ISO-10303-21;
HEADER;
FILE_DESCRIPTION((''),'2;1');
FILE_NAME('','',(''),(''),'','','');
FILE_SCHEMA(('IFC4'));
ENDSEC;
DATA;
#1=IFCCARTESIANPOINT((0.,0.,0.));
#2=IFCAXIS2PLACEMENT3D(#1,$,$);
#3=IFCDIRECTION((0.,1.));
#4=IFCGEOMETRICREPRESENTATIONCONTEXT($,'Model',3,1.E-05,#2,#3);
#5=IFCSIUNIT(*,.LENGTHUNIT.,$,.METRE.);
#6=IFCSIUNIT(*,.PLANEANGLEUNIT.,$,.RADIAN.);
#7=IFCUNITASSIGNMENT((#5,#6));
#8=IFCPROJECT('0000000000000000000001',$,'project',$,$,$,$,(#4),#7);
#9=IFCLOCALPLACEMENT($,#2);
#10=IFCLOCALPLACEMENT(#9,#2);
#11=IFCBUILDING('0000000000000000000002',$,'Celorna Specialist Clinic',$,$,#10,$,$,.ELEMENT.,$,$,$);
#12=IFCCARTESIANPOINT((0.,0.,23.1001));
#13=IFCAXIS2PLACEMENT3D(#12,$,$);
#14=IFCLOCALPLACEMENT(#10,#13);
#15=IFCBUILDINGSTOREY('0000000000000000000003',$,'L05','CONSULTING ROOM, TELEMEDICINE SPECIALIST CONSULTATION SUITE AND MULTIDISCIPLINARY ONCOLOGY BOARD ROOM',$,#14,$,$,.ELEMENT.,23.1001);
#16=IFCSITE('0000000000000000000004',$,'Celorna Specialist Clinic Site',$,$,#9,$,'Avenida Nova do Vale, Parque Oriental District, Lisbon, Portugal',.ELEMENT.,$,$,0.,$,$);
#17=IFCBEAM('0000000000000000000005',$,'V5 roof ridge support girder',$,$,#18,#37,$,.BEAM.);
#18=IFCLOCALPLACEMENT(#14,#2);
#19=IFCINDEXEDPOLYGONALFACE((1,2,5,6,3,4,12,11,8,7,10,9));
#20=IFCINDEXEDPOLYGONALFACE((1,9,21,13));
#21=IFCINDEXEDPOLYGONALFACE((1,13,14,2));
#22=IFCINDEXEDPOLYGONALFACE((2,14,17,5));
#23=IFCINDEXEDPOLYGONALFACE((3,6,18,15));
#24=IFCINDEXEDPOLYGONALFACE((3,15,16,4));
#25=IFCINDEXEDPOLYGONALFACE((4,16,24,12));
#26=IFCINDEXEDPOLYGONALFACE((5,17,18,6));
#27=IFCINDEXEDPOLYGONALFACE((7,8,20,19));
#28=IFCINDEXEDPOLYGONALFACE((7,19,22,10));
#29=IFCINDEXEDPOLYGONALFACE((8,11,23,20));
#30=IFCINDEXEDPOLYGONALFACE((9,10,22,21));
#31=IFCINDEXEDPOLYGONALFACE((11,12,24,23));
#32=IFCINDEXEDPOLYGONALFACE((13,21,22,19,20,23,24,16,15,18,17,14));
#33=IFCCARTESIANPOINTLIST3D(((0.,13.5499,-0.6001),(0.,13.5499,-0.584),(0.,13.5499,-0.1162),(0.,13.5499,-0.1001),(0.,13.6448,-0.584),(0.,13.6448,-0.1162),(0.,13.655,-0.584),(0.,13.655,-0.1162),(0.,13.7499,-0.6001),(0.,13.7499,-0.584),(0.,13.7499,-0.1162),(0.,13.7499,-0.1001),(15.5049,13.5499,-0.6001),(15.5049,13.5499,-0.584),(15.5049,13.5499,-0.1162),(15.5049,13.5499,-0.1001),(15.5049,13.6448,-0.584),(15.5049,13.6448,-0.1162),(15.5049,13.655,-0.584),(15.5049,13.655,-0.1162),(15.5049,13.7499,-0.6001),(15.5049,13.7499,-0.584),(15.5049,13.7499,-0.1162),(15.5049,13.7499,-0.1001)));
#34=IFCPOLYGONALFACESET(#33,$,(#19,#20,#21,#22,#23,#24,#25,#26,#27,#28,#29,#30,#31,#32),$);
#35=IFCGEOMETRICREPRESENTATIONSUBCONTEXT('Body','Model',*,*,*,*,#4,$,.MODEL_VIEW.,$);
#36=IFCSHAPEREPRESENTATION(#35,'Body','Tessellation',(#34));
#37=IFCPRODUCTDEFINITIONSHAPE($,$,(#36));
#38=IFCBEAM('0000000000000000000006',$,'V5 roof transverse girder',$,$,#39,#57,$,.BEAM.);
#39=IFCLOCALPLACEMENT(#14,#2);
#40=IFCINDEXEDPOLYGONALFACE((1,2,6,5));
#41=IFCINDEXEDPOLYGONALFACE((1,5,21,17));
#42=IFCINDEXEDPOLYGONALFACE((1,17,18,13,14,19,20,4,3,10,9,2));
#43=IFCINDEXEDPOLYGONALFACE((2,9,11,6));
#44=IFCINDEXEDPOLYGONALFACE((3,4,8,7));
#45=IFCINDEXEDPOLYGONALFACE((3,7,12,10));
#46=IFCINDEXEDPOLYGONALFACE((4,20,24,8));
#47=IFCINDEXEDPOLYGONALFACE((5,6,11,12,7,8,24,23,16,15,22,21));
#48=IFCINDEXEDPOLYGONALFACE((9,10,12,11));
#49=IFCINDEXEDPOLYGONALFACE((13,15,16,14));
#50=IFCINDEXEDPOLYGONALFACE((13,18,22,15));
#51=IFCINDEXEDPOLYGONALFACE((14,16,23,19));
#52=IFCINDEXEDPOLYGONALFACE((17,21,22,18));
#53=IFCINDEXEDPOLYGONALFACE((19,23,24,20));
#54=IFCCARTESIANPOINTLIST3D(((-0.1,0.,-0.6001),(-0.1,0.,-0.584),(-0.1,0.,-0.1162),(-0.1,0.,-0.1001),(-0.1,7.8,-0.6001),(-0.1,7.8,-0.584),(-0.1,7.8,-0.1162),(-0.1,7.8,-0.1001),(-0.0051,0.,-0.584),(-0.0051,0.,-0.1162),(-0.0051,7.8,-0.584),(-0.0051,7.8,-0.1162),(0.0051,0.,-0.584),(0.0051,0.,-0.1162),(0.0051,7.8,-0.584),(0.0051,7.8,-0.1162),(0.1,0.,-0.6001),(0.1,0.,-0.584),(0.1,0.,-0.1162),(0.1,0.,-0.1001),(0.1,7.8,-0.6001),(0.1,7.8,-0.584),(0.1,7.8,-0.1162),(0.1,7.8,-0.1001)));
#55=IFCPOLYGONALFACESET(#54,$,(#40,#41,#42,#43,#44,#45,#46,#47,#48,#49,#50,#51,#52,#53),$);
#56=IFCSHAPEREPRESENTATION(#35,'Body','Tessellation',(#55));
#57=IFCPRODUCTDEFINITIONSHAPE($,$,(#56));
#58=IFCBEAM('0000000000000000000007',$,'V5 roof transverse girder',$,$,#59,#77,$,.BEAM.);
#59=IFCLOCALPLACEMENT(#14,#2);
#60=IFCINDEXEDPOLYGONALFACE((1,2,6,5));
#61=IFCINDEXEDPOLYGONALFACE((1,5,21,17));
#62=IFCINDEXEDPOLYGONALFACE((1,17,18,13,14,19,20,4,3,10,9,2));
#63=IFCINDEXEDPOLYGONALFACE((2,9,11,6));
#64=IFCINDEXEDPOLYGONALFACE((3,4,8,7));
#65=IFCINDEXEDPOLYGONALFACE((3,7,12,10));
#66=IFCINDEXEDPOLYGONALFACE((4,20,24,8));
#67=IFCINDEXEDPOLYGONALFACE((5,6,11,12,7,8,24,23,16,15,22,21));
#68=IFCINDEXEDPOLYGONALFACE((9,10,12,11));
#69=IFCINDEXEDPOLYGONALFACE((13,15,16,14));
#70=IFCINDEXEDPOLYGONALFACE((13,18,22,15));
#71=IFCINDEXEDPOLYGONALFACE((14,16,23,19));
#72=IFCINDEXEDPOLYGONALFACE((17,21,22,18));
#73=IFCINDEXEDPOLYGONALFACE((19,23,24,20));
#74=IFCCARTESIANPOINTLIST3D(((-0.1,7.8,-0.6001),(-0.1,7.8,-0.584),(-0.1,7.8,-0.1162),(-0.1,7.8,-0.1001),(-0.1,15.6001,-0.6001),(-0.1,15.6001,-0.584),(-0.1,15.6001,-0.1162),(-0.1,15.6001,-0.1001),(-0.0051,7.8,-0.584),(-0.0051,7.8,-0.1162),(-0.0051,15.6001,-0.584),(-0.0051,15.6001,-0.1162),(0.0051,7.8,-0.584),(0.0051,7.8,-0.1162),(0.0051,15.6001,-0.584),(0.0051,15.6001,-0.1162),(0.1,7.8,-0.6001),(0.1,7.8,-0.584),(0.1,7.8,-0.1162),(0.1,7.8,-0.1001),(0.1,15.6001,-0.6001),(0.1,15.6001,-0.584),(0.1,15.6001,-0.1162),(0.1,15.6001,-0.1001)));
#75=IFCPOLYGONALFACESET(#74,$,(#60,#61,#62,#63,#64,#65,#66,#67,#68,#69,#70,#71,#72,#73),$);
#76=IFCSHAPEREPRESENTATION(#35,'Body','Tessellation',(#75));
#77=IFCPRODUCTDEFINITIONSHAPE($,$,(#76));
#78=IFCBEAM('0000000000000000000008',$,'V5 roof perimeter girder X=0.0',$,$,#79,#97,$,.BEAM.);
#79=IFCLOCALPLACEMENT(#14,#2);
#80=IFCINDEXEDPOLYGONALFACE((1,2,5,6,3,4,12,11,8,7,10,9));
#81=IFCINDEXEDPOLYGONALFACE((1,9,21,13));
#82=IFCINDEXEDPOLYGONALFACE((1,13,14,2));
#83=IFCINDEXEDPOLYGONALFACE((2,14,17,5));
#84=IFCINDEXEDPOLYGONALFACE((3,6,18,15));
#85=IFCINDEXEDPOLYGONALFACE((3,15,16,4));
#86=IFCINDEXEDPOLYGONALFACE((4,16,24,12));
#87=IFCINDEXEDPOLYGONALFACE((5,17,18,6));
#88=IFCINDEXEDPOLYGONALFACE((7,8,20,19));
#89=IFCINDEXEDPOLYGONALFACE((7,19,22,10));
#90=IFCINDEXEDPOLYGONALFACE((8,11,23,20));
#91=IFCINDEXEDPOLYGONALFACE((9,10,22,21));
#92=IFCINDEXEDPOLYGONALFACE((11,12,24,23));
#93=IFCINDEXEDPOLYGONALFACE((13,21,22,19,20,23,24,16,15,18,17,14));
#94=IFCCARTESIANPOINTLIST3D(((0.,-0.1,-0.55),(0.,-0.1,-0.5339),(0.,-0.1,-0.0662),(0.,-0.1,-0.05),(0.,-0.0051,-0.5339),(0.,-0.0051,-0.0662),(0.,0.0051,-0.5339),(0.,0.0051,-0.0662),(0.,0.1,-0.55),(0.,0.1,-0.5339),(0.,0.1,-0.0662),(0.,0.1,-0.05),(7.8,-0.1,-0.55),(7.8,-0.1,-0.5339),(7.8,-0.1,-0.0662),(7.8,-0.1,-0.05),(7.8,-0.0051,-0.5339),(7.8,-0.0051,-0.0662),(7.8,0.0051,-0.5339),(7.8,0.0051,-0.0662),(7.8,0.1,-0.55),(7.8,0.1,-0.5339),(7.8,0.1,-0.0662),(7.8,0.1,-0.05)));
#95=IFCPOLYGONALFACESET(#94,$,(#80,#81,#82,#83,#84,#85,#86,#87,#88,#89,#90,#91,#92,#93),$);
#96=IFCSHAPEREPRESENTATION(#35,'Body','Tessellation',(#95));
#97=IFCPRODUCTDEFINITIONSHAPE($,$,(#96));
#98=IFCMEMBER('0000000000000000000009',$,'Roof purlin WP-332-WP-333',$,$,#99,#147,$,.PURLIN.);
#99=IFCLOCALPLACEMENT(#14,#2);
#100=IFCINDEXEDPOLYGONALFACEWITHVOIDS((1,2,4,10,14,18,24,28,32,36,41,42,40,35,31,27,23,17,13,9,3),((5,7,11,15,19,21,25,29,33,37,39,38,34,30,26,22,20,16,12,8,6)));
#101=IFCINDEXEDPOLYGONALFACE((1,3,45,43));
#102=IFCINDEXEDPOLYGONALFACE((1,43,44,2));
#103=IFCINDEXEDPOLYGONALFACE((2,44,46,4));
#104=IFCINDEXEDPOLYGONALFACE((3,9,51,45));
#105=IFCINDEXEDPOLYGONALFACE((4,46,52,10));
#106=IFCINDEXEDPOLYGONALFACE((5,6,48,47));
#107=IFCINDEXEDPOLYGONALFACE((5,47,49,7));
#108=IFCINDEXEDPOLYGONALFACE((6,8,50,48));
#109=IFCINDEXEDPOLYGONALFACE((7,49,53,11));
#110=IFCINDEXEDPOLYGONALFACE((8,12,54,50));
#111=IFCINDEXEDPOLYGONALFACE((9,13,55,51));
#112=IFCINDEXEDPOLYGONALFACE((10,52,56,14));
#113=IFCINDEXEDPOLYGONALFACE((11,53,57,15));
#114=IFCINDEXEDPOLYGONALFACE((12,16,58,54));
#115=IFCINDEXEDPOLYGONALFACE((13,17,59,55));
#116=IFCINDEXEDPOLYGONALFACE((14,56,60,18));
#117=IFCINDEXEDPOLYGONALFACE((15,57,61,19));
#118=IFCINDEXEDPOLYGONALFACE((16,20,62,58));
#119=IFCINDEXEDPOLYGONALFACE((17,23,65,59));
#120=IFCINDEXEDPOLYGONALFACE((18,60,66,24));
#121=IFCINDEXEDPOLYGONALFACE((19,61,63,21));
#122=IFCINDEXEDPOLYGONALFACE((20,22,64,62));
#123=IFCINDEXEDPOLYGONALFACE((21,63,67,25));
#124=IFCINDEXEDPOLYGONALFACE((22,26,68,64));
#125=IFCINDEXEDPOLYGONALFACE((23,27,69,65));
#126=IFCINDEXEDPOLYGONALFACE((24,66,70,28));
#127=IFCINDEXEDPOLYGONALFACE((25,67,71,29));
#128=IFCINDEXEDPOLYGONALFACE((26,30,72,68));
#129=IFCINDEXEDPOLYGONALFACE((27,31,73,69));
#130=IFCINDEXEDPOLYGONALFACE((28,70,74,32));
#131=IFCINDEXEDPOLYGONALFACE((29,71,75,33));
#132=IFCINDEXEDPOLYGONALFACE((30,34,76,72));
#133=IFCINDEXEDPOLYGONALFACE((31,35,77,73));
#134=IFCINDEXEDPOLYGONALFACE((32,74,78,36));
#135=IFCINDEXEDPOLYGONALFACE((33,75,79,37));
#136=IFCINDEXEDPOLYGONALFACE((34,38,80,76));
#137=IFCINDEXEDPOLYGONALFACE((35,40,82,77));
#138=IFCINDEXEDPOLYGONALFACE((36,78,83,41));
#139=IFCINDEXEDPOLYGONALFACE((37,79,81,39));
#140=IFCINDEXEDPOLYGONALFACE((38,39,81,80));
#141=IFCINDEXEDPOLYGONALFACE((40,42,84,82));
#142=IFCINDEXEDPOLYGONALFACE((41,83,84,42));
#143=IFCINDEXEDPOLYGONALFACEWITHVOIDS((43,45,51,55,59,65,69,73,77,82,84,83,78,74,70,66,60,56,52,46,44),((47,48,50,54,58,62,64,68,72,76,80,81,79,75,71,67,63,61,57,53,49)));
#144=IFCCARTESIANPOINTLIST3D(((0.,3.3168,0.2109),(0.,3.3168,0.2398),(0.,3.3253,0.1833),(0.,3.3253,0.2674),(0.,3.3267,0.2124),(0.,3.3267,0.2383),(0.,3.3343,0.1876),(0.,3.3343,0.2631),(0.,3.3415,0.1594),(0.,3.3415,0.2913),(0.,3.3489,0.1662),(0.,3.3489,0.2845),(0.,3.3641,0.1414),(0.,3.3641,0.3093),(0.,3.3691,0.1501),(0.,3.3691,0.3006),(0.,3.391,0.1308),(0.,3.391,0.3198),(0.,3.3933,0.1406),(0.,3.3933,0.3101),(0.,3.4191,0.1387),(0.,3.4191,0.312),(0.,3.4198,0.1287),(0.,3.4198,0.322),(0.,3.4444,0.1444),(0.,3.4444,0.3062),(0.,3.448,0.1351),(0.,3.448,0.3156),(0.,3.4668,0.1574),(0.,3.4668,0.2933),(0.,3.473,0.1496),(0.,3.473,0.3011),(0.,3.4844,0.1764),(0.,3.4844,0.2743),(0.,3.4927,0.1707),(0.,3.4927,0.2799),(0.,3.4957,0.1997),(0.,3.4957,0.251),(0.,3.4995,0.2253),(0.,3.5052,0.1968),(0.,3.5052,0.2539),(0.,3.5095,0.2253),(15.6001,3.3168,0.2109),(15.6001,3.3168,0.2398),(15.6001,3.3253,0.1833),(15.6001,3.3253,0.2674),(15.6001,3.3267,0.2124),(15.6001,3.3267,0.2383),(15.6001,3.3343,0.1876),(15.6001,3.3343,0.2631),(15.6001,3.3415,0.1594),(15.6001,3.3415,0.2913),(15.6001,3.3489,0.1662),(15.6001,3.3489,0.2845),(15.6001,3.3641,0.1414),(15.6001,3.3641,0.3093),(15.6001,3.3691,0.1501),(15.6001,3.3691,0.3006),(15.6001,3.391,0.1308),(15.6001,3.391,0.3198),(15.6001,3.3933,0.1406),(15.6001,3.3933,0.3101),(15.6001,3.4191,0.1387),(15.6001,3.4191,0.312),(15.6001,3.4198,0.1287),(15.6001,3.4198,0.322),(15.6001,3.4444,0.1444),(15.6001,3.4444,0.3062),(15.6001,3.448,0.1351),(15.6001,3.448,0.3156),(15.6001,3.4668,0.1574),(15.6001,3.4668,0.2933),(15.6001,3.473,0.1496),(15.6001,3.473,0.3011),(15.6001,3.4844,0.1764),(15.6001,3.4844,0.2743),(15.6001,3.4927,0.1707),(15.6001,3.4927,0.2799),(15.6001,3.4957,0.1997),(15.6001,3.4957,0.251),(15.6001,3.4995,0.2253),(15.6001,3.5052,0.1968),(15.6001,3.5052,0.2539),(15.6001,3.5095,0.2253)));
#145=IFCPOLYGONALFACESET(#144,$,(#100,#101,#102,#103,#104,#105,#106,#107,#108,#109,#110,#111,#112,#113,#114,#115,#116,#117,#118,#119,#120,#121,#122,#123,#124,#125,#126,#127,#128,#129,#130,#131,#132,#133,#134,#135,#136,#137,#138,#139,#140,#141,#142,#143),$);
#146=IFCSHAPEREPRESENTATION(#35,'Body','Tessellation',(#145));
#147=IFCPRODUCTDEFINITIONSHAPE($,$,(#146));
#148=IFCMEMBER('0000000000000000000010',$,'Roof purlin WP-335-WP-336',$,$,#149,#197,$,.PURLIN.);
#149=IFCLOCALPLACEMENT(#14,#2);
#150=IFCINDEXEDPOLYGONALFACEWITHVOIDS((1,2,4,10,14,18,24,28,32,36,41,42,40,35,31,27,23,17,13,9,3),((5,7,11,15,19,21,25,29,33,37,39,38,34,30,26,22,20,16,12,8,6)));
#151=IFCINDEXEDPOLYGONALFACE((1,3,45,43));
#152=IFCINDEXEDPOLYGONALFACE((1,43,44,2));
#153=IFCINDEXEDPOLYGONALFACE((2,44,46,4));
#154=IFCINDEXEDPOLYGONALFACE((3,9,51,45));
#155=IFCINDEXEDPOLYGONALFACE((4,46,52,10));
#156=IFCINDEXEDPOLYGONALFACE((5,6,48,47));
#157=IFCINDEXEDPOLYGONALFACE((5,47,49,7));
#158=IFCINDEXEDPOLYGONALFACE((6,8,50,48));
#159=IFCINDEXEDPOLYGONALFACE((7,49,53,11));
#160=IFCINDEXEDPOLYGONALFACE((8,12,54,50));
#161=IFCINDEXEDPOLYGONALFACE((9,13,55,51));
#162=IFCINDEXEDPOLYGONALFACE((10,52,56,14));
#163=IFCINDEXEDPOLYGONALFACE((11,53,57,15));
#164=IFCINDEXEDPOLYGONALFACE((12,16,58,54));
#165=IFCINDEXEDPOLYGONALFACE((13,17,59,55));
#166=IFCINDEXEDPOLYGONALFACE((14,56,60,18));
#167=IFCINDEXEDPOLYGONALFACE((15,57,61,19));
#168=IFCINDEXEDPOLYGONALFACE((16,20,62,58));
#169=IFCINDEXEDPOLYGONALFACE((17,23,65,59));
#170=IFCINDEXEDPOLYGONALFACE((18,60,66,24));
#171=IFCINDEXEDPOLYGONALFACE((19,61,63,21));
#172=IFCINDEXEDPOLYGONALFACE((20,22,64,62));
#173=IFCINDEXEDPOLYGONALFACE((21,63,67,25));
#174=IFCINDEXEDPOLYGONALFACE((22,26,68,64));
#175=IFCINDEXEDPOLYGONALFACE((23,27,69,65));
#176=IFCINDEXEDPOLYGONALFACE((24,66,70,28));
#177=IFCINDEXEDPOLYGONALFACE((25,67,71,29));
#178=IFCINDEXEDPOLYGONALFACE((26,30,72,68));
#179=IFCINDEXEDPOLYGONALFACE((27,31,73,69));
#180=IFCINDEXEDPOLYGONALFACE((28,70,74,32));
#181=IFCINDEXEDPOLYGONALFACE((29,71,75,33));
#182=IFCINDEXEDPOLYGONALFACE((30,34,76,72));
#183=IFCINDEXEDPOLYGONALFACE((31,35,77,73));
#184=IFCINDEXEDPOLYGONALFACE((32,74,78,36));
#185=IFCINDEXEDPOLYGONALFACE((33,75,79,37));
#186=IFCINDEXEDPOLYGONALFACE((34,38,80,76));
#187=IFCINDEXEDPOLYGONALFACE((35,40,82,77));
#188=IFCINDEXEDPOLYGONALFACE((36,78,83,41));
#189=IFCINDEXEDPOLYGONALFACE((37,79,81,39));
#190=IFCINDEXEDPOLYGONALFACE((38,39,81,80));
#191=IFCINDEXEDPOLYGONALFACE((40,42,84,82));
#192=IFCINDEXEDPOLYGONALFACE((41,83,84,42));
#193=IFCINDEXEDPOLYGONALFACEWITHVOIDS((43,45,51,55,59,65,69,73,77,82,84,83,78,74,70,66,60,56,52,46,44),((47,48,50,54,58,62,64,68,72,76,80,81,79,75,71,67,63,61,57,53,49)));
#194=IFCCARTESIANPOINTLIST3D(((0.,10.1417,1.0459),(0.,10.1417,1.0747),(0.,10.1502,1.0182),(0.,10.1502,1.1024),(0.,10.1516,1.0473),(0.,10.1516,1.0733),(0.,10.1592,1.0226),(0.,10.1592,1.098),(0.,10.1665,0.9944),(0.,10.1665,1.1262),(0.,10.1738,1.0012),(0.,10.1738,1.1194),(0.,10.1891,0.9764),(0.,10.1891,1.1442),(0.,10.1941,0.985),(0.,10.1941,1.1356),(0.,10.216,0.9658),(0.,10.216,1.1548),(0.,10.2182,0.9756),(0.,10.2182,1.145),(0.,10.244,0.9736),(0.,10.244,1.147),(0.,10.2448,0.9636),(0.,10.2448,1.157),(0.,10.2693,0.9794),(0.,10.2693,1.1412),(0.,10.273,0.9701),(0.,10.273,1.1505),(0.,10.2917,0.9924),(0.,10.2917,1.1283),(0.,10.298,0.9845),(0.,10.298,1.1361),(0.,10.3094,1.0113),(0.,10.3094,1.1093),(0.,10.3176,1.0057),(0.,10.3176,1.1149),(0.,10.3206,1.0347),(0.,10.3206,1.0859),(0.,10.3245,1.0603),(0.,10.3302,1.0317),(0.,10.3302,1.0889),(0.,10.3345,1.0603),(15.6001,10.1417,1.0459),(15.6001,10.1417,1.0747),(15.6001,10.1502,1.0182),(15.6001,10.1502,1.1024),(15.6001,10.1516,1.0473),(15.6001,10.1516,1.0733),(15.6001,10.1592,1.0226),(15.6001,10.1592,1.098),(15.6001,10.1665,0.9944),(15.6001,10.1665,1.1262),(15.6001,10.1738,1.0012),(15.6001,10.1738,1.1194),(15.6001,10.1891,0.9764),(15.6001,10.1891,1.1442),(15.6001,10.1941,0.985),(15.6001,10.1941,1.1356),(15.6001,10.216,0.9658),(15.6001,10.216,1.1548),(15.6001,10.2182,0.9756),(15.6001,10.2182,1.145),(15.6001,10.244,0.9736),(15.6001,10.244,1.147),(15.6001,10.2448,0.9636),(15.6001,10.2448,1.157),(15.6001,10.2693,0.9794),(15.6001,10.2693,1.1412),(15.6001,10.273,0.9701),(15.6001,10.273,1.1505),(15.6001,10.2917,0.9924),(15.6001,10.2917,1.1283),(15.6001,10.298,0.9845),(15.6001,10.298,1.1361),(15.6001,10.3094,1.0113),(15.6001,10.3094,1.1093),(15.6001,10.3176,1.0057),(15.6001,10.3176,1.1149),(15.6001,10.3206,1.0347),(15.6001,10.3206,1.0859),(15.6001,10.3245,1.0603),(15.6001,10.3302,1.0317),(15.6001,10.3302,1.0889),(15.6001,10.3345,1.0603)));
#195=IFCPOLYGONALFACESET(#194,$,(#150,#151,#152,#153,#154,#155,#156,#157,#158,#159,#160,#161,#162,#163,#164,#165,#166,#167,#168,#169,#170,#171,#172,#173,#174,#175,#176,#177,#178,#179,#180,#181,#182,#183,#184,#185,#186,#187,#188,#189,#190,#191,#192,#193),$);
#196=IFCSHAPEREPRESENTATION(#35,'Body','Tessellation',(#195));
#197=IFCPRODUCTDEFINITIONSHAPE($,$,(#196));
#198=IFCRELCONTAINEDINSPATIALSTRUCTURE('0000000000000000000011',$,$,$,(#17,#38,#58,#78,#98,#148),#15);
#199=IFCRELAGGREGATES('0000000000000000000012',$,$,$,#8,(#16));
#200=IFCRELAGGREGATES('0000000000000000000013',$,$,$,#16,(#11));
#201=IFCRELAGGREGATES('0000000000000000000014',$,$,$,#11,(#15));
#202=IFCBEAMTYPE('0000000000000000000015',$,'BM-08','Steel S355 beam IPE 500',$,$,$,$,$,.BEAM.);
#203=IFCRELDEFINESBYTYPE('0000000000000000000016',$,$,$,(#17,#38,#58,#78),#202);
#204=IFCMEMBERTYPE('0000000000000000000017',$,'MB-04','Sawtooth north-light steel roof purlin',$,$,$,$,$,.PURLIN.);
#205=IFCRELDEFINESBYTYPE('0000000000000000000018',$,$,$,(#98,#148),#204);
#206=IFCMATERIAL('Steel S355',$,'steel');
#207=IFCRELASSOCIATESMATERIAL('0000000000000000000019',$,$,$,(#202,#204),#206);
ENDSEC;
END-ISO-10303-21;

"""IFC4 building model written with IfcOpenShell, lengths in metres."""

from ifc_helpers import new_model, si_unit, direction, frame, origin, origin_2d, place, context, subcontext, project, spatial, hollow_circle, i_section, extrude, material, material_profile, profile_set, type_object, element, save


model = new_model("IFC4")

# Units and contexts
model_context = context("Model", 3, precision=1e-05, world=origin(), true_north=direction((0.0, 1.0)))
body_context = subcontext(model_context, "Body", "Model", "MODEL_VIEW")
ifc_project = project(units=[si_unit("LENGTHUNIT", "METRE"), si_unit("PLANEANGLEUNIT", "RADIAN")], contexts=[model_context])

# Site, building, storey
site_placement = place(None, origin())
site = spatial("IfcSite", under=ifc_project, at=site_placement, Name="Celorna Specialist Clinic Site", LongName="Avenida Nova do Vale, Parque Oriental District, Lisbon, Portugal", CompositionType="ELEMENT", RefElevation=0.0)
building_placement = place(site_placement, origin())
building = spatial("IfcBuilding", under=site, at=building_placement, Name="Celorna Specialist Clinic", CompositionType="ELEMENT")
storey_placement = place(building_placement, frame((0.0, 0.0, 23.1001)))
storey = spatial("IfcBuildingStorey", under=building, at=storey_placement, Name="L05", Description="CONSULTING ROOM, TELEMEDICINE SPECIALIST CONSULTATION SUITE AND MULTIDISCIPLINARY ONCOLOGY BOARD ROOM", CompositionType="ELEMENT", Elevation=23.1001)

# Beams
ifc_material_1 = material(Name="Steel S355", Category="steel")
ifc_material_profile_1 = material_profile(ifc_material_1, i_section(OverallWidth=0.2, OverallDepth=0.5, WebThickness=0.0103, FlangeThickness=0.0161, at=origin_2d()), Name="IPE 500")
ifc_profile_set_1 = profile_set([ifc_material_profile_1], Name="Steel S355")
beam_type = type_object("IfcBeamType", Name="BM-08", Description="Steel S355 beam IPE 500", PredefinedType="BEAM", material=ifc_profile_set_1)
beam_placement = place(storey_placement, frame((0.0, 13.6499, -0.3501), z_axis=(1.0, 0.0, 0.0), x_axis=(0.0, 1.0, 0.0)))
element("IfcBeam", 1, at=beam_placement, inside=storey, type_object=beam_type, Name="V5 roof ridge support girder", PredefinedType="BEAM", context=body_context, shape_type="SweptSolid", body=[
    extrude(i_section(OverallWidth=0.2, OverallDepth=0.5, WebThickness=0.0103, FlangeThickness=0.0161, at=origin_2d()), origin(), (0.0, 0.0, 1.0), 15.5049),
])
for number, where, z_axis, x_axis, name in (
    (2, (0.0, 0.0, -0.3501), (0.0, 1.0, 0.0), (-1.0, 0.0, 0.0), "V5 roof transverse girder"),
    (3, (0.0, 7.8, -0.3501), (0.0, 1.0, 0.0), (-1.0, 0.0, 0.0), "V5 roof transverse girder"),
    (4, (0.0, 0.0, -0.3), (1.0, 0.0, 0.0), (0.0, 1.0, 0.0), "V5 roof perimeter girder X=0.0"),
):
    element("IfcBeam", number, at=place(storey_placement, frame(where, z_axis=z_axis, x_axis=x_axis)), inside=storey, type_object=beam_type, Name=name, PredefinedType="BEAM", context=body_context, shape_type="SweptSolid", body=[
        extrude(i_section(OverallWidth=0.2, OverallDepth=0.5, WebThickness=0.0103, FlangeThickness=0.0161, at=origin_2d()), origin(), (0.0, 0.0, 1.0), 7.8),
    ])

# Members
ifc_material_profile_2 = material_profile(ifc_material_1, hollow_circle(Radius=0.0969, WallThickness=0.01, at=origin_2d()), Name="CHS 193.7x10")
ifc_profile_set_2 = profile_set([ifc_material_profile_2], Name="Steel S355")
member_type_1 = type_object("IfcMemberType", Name="MB-04", Description="Sawtooth north-light steel roof purlin", PredefinedType="PURLIN", material=ifc_profile_set_2)
for number, where, z_axis, x_axis, name in (
    (5, (0.0, 3.4126, 0.2253), (1.0, 0.0, 0.0), (0.0, 1.0, 0.0), "Roof purlin WP-332-WP-333"),
    (6, (0.0, 10.2375, 1.0603), (1.0, 0.0, 0.0), (0.0, 1.0, 0.0), "Roof purlin WP-335-WP-336"),
):
    element("IfcMember", number, at=place(storey_placement, frame(where, z_axis=z_axis, x_axis=x_axis)), inside=storey, type_object=member_type_1, Name=name, PredefinedType="PURLIN", context=body_context, shape_type="SweptSolid", body=[
        extrude(hollow_circle(Radius=0.0969, WallThickness=0.01, at=origin_2d()), origin(), (0.0, 0.0, 1.0), 15.6001),
    ])

save(model, "model.ifc")
